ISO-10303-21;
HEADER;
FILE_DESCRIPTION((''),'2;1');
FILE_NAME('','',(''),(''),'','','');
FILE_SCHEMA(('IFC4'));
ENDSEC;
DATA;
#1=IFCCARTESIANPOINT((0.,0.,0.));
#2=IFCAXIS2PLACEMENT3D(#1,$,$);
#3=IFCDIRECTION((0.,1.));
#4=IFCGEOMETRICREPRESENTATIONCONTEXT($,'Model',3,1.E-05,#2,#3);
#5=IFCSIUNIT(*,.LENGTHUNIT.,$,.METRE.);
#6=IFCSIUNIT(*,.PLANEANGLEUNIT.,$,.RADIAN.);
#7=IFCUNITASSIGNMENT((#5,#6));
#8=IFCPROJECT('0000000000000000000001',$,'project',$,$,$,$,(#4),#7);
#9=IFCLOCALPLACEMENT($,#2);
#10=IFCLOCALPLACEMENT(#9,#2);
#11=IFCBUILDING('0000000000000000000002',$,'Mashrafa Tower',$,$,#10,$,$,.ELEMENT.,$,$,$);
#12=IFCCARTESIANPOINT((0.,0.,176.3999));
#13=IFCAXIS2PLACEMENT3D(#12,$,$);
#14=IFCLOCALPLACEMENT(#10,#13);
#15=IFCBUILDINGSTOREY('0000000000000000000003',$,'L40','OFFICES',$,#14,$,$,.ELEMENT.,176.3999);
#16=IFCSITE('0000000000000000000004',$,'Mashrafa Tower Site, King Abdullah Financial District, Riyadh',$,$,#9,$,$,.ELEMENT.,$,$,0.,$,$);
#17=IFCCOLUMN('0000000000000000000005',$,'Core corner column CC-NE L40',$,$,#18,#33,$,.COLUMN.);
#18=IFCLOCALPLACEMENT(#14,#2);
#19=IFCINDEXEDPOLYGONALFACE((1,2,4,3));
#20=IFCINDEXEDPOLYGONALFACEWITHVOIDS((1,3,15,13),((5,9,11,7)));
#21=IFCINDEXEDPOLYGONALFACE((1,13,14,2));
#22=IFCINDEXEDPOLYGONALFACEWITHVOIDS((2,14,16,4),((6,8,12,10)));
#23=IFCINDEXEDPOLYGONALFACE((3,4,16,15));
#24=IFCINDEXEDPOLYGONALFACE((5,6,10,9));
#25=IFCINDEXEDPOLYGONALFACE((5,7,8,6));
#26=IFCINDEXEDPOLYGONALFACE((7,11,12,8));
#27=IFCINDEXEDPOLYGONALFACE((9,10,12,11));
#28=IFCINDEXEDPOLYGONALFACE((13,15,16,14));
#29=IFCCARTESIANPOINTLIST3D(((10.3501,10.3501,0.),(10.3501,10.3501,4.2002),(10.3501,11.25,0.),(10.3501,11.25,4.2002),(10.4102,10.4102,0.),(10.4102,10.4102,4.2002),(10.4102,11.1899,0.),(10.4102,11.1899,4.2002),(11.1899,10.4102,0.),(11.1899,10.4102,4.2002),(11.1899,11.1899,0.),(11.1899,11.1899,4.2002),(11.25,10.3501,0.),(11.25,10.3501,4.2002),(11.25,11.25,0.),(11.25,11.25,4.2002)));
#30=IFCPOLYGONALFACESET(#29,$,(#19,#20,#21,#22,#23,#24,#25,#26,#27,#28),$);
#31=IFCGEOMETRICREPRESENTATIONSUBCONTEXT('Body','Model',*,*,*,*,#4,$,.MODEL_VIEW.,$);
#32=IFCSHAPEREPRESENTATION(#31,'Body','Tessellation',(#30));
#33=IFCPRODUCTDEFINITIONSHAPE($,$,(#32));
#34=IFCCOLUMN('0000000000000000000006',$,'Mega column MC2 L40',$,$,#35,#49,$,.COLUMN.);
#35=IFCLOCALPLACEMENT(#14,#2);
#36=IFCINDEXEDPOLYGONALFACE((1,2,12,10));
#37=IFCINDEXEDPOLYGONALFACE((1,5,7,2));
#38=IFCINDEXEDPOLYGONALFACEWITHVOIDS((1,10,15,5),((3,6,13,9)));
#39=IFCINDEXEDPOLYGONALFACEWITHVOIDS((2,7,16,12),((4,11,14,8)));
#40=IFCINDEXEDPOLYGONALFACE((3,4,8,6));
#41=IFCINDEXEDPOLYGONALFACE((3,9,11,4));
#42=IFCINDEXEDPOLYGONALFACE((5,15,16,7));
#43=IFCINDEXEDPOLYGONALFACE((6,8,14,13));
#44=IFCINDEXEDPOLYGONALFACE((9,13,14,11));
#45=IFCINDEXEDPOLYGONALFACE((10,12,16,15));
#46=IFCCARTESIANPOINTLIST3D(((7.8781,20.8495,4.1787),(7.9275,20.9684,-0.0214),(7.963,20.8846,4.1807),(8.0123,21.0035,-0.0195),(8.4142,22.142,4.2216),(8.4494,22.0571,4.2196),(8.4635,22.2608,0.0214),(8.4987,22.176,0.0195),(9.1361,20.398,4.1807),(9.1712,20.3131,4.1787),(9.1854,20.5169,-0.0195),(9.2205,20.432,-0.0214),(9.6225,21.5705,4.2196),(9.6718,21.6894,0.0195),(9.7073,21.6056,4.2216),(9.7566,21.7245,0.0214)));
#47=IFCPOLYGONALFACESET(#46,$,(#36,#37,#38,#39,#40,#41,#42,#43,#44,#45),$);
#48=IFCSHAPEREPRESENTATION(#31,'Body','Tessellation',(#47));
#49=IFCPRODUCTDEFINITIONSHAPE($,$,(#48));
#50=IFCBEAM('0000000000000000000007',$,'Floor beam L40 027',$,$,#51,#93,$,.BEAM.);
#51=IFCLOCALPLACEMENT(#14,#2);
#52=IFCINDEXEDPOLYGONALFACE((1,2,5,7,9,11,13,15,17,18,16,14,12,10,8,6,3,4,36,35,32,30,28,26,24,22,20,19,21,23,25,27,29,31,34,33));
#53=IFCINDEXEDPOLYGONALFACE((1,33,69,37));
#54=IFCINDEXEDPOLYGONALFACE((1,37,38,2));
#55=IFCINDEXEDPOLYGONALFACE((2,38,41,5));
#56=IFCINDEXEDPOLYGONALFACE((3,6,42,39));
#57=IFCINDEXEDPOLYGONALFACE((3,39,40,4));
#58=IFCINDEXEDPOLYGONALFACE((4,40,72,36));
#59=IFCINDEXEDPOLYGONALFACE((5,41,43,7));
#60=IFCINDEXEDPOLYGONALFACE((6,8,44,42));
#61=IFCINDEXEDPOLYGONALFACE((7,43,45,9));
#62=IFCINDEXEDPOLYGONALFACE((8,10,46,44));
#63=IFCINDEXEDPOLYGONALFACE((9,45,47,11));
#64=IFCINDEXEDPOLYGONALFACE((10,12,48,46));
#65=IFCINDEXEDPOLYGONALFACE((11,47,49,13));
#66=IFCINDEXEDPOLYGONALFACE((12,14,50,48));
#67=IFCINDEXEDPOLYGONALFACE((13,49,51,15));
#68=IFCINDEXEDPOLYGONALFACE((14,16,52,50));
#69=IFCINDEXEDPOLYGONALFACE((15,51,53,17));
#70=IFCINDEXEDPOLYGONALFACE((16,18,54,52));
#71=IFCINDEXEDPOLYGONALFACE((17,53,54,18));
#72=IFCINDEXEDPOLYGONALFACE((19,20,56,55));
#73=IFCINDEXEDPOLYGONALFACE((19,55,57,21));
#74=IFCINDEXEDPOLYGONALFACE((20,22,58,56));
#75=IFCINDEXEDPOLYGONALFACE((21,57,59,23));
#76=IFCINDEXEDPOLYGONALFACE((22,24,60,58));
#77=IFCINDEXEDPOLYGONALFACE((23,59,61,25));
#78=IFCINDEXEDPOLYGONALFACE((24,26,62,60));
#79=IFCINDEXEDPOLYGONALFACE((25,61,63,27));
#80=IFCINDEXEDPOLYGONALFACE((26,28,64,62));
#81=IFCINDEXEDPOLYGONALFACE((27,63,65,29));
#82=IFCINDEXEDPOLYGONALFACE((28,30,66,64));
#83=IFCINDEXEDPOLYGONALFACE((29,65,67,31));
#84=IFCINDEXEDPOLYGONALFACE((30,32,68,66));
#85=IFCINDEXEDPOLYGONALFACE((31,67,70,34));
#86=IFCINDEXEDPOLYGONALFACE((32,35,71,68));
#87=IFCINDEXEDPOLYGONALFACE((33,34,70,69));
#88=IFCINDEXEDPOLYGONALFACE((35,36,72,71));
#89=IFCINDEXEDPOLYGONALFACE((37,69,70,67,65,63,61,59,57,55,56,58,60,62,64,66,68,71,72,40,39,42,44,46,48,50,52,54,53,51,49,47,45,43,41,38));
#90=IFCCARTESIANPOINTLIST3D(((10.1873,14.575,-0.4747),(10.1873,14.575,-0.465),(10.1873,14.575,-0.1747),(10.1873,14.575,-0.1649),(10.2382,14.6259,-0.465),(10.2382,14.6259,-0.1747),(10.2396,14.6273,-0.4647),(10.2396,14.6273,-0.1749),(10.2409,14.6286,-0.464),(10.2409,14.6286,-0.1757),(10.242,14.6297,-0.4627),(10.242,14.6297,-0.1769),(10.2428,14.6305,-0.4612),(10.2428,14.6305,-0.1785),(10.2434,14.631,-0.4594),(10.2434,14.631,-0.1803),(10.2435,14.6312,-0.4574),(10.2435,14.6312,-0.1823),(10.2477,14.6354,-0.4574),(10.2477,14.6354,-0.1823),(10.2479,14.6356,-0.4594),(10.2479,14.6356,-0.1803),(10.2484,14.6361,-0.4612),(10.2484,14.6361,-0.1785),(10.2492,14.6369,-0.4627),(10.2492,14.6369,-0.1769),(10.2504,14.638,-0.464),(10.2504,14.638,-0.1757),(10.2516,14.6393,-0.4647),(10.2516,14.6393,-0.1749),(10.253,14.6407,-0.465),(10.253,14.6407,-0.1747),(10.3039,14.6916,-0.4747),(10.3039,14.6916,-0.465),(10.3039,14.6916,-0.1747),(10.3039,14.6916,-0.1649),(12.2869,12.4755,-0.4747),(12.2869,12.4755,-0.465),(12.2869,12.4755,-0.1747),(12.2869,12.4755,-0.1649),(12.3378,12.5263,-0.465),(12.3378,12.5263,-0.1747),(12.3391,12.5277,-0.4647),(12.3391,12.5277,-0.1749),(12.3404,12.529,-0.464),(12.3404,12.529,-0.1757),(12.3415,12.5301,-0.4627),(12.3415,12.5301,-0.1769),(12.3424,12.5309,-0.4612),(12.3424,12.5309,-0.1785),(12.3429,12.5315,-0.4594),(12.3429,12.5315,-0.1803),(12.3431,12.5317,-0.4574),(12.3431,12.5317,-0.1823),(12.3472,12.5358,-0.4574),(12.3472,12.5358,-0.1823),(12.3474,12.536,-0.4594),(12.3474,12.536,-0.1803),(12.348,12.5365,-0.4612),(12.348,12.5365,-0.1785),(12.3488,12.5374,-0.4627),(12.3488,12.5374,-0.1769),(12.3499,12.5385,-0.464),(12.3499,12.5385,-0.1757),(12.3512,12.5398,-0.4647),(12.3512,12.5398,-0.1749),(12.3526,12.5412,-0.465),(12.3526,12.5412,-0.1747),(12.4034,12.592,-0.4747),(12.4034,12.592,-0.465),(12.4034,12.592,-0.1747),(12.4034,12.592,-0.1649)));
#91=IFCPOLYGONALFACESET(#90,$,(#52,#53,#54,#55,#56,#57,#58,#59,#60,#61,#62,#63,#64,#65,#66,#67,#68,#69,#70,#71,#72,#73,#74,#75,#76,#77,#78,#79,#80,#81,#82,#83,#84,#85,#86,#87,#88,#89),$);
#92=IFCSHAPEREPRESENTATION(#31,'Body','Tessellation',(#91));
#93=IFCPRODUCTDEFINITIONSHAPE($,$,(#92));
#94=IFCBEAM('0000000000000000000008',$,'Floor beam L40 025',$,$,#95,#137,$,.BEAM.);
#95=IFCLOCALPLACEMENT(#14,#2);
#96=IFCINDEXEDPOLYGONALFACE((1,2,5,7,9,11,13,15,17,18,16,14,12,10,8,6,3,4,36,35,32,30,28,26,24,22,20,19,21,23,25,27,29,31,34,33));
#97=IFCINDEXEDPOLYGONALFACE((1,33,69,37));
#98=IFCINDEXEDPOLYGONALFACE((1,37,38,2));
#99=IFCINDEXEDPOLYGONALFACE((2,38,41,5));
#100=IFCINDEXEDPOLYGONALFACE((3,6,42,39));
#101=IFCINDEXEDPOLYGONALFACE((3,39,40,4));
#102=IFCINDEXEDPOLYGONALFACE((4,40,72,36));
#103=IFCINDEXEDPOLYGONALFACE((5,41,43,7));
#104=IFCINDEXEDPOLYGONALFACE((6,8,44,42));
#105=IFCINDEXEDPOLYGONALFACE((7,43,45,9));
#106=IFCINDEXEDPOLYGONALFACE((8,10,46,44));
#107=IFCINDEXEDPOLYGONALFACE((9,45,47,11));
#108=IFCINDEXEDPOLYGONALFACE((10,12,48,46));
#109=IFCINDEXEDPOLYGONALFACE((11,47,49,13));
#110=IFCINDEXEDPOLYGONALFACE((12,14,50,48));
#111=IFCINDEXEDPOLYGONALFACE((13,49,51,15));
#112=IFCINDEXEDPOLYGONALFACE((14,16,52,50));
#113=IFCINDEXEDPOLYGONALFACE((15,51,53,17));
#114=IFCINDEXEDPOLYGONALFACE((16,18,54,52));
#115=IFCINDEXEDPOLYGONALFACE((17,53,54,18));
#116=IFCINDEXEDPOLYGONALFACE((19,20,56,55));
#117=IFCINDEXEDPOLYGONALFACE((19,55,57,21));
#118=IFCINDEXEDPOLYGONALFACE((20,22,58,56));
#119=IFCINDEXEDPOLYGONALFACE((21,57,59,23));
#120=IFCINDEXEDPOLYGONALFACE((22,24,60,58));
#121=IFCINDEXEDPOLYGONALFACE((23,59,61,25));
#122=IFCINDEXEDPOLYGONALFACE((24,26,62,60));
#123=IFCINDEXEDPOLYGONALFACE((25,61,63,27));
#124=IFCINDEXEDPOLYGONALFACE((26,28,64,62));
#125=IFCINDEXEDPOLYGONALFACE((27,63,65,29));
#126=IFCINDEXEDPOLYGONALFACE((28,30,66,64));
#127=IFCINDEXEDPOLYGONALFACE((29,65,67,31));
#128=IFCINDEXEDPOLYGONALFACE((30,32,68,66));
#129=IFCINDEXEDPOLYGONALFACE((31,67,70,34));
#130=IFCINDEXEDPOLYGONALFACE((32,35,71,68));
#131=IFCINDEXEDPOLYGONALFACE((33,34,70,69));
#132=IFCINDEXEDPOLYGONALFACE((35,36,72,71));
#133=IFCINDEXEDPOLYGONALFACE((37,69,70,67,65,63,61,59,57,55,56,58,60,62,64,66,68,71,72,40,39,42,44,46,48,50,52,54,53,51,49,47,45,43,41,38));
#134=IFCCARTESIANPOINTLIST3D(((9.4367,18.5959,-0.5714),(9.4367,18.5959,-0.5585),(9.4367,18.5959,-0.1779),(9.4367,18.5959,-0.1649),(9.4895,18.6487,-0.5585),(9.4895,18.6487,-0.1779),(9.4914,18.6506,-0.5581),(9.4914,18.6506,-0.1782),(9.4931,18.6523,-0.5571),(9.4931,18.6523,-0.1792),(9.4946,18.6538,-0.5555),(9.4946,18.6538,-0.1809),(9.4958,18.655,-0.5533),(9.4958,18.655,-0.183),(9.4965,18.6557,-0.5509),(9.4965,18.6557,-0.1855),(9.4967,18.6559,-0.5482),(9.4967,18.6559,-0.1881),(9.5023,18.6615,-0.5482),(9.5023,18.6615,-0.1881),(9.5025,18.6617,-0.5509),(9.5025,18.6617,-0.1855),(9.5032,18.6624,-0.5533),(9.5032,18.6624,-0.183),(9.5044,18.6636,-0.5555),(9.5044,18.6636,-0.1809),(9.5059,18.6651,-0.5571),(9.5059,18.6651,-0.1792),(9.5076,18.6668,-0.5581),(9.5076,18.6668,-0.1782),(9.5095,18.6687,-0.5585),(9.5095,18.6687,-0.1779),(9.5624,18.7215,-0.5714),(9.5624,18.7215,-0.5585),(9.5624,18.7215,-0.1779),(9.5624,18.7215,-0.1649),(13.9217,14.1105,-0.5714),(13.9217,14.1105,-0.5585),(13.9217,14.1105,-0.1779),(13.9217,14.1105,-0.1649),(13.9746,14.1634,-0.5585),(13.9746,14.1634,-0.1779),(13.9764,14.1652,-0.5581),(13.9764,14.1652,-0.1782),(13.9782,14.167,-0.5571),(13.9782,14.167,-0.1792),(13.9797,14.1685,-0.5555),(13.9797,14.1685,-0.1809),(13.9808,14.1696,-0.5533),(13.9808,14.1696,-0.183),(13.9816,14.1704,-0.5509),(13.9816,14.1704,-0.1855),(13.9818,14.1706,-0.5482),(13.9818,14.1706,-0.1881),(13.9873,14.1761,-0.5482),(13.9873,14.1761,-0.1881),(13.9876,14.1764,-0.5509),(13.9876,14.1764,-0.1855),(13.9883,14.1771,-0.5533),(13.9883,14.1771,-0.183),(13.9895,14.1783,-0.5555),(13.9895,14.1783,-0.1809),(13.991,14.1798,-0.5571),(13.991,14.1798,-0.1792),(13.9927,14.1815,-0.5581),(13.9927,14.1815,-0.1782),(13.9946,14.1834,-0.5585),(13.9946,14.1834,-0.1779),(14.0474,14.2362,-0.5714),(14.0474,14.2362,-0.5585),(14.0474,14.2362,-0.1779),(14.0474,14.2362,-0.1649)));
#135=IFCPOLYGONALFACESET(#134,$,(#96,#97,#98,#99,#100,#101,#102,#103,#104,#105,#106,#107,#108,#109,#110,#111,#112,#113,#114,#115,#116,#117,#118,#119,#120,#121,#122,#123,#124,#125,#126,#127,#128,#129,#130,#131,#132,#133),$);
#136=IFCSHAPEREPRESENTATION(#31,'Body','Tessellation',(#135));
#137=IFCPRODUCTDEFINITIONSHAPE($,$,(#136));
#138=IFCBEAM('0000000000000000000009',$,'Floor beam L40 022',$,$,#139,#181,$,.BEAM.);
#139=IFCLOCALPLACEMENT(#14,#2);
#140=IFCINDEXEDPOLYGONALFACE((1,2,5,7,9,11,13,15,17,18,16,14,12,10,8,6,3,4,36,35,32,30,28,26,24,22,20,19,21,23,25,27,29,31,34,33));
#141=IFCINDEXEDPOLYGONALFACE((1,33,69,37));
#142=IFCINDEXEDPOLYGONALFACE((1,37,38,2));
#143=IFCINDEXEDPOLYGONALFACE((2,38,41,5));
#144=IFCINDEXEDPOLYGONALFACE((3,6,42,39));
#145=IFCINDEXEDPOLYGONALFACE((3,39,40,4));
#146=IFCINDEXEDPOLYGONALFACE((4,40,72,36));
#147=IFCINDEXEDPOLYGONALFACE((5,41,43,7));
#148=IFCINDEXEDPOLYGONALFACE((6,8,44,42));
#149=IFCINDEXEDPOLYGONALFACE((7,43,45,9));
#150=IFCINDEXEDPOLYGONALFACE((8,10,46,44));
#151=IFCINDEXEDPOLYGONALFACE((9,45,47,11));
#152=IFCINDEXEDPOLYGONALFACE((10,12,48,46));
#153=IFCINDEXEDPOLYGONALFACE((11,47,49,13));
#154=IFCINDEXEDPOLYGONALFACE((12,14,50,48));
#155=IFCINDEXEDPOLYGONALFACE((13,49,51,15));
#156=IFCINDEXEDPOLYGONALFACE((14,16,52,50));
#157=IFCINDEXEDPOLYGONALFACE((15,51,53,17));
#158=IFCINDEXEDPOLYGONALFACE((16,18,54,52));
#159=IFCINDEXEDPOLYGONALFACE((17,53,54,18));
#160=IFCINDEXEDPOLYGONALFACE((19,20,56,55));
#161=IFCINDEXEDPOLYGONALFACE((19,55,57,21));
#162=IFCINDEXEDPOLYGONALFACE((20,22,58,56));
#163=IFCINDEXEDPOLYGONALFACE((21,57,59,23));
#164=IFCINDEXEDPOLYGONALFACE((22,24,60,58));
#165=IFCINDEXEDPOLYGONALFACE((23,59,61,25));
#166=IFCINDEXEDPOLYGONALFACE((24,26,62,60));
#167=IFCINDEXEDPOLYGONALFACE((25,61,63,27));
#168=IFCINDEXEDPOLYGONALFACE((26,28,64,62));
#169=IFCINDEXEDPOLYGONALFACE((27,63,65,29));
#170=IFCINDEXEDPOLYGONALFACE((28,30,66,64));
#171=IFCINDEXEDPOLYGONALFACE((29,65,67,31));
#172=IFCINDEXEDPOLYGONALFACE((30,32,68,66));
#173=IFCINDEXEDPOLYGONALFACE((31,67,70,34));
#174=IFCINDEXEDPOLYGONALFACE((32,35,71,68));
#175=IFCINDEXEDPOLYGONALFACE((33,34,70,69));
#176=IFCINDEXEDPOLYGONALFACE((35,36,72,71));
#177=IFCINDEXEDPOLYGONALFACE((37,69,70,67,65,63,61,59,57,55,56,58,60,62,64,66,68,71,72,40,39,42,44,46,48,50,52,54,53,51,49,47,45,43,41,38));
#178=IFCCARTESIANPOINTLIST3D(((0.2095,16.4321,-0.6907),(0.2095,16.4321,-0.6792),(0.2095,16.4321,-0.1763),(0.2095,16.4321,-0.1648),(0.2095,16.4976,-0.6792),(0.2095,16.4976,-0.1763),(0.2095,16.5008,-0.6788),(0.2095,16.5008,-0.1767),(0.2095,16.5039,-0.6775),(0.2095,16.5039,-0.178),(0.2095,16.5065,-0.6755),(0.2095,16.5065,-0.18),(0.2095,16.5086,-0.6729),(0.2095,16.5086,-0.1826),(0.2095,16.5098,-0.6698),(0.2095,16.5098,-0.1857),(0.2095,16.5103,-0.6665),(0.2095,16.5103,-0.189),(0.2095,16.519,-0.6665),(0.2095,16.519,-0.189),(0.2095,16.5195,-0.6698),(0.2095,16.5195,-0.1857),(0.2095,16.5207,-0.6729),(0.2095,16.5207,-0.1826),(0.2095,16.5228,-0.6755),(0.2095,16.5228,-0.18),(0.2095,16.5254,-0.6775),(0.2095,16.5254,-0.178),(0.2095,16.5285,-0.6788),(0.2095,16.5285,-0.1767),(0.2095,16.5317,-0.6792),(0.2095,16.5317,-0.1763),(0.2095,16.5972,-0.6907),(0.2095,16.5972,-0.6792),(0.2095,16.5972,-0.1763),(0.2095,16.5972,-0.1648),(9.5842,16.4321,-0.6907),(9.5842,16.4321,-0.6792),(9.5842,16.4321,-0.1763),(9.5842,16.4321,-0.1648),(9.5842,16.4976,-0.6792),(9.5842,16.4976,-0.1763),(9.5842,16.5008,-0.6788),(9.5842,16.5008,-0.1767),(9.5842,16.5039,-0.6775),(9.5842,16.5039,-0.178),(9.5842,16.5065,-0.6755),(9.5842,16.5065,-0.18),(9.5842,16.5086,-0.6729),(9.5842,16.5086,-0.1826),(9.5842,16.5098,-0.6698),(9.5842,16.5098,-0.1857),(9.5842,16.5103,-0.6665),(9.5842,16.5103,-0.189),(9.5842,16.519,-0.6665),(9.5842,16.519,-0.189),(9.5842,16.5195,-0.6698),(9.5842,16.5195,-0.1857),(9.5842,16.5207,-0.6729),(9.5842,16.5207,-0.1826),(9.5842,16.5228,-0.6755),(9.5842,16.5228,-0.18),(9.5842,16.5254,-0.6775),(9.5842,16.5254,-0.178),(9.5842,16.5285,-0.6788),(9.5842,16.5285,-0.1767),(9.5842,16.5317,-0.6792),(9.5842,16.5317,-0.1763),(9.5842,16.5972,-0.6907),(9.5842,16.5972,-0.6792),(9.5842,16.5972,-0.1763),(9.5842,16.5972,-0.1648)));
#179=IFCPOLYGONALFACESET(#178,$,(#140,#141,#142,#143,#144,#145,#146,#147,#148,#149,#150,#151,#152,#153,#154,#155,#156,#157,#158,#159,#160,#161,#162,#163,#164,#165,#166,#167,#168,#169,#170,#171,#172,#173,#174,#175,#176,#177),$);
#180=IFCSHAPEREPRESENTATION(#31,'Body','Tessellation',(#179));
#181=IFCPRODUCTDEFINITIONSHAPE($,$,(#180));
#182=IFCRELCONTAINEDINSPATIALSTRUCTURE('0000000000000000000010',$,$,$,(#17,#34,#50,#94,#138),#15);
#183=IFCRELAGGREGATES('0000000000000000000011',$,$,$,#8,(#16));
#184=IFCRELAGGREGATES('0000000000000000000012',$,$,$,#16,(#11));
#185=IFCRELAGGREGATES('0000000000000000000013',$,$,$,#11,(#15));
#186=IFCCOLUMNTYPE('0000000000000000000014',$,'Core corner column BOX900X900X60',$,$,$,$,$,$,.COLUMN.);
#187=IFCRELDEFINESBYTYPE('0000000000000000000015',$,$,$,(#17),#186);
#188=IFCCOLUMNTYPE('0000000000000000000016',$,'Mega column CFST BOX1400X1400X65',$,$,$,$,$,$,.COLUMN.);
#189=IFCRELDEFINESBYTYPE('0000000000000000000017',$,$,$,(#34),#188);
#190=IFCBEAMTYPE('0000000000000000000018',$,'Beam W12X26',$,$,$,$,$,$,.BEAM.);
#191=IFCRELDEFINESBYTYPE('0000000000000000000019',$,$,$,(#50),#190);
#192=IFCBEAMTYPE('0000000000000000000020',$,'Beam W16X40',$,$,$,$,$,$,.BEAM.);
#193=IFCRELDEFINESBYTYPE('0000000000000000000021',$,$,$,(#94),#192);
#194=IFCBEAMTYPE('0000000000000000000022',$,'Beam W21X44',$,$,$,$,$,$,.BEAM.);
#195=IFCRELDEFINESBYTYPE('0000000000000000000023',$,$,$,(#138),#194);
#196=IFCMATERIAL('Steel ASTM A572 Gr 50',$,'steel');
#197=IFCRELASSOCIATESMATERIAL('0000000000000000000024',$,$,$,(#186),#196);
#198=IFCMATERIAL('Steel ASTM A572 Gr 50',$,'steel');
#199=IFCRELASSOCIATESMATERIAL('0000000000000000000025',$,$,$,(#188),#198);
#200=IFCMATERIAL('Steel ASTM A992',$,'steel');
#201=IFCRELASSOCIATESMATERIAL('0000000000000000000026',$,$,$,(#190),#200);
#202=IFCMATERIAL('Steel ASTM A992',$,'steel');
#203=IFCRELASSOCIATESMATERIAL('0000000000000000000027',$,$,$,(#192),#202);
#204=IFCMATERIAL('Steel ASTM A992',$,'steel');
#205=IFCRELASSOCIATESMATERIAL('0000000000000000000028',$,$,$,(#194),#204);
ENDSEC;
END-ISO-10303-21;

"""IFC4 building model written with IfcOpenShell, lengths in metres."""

from ifc_helpers import new_model, si_unit, direction, frame, origin, origin_2d, place, context, subcontext, project, spatial, hollow_rectangle, i_section, extrude, material, material_profile, profile_set, type_object, element, save


model = new_model("IFC4")

# Units and contexts
model_context = context("Model", 3, precision=1e-05, world=origin(), true_north=direction((0.0, 1.0)))
body_context = subcontext(model_context, "Body", "Model", "MODEL_VIEW")
ifc_project = project(units=[si_unit("LENGTHUNIT", "METRE"), si_unit("PLANEANGLEUNIT", "RADIAN")], contexts=[model_context])

# Site, building, storey
site_placement = place(None, origin())
site = spatial("IfcSite", under=ifc_project, at=site_placement, Name="Mashrafa Tower Site, King Abdullah Financial District, Riyadh", CompositionType="ELEMENT", RefElevation=0.0)
building_placement = place(site_placement, origin())
building = spatial("IfcBuilding", under=site, at=building_placement, Name="Mashrafa Tower", CompositionType="ELEMENT")
storey_placement = place(building_placement, frame((0.0, 0.0, 176.3999)))
storey = spatial("IfcBuildingStorey", under=building, at=storey_placement, Name="L40", Description="OFFICES", CompositionType="ELEMENT", Elevation=176.3999)

# Columns
ifc_material_1 = material(Name="Steel ASTM A572 Gr 50", Category="steel")
ifc_material_profile_1 = material_profile(ifc_material_1, hollow_rectangle(XDim=0.8999, YDim=0.8999, WallThickness=0.0601, at=origin_2d()), Name="BOX900X900X60")
ifc_profile_set_1 = profile_set([ifc_material_profile_1], Name="Steel ASTM A572 Gr 50")
column_type_1 = type_object("IfcColumnType", Name="Core corner column BOX900X900X60", PredefinedType="COLUMN", material=ifc_profile_set_1)
column_1_placement = place(storey_placement, frame((10.8, 10.8, 0.0), z_axis=(0.0, 0.0, 1.0), x_axis=(1.0, 0.0, 0.0)))
element("IfcColumn", 1, at=column_1_placement, inside=storey, type_object=column_type_1, Name="Core corner column CC-NE L40", PredefinedType="COLUMN", context=body_context, shape_type="SweptSolid", body=[
    extrude(hollow_rectangle(XDim=0.8999, YDim=0.8999, WallThickness=0.0601, at=origin_2d()), origin(), (0.0, 0.0, 1.0), 4.2002),
])
ifc_material_2 = material(Name="Steel ASTM A572 Gr 50", Category="steel")
ifc_material_profile_2 = material_profile(ifc_material_2, hollow_rectangle(XDim=1.3999, YDim=1.3999, WallThickness=0.0649, at=origin_2d()), Name="BOX1400X1400X65")
ifc_profile_set_2 = profile_set([ifc_material_profile_2], Name="Steel ASTM A572 Gr 50")
column_type_2 = type_object("IfcColumnType", Name="Mega column CFST BOX1400X1400X65", PredefinedType="COLUMN", material=ifc_profile_set_2)
column_2_placement = place(storey_placement, frame((8.842, 21.3464, 0.0), z_axis=(-0.011736, -0.028294, 0.999531), x_axis=(0.923693, -0.383133, 0.0)))
element("IfcColumn", 2, at=column_2_placement, inside=storey, type_object=column_type_2, Name="Mega column MC2 L40", PredefinedType="COLUMN", context=body_context, shape_type="SweptSolid", body=[
    extrude(hollow_rectangle(XDim=1.3999, YDim=1.3999, WallThickness=0.0649, at=origin_2d()), origin(), (0.0, 0.0, 1.0), 4.2021),
])

# Beams
ifc_material_3 = material(Name="Steel ASTM A992", Category="steel")
ifc_material_profile_3 = material_profile(ifc_material_3, i_section(OverallWidth=0.1648, OverallDepth=0.3098, WebThickness=0.0059, FlangeThickness=0.0098, FilletRadius=0.0076, at=origin_2d()), Name="W12X26")
ifc_profile_set_3 = profile_set([ifc_material_profile_3], Name="Steel ASTM A992")
beam_type_1 = type_object("IfcBeamType", Name="Beam W12X26", PredefinedType="BEAM", material=ifc_profile_set_3)
beam_1_placement = place(storey_placement, frame((10.2456, 14.6333, -0.3198), z_axis=(0.707107, -0.707107, 0.0), x_axis=(0.707107, 0.707107, 0.0)))
element("IfcBeam", 3, at=beam_1_placement, inside=storey, type_object=beam_type_1, Name="Floor beam L40 027", PredefinedType="BEAM", context=body_context, shape_type="SweptSolid", body=[
    extrude(i_section(OverallWidth=0.1648, OverallDepth=0.3098, WebThickness=0.0059, FlangeThickness=0.0098, FilletRadius=0.0076, at=origin_2d()), origin(), (0.0, 0.0, 1.0), 2.9692),
])
ifc_material_4 = material(Name="Steel ASTM A992", Category="steel")
ifc_material_profile_4 = material_profile(ifc_material_4, i_section(OverallWidth=0.1777, OverallDepth=0.4065, WebThickness=0.0078, FlangeThickness=0.0129, FilletRadius=0.0103, at=origin_2d()), Name="W16X40")
ifc_profile_set_4 = profile_set([ifc_material_profile_4], Name="Steel ASTM A992")
beam_type_2 = type_object("IfcBeamType", Name="Beam W16X40", PredefinedType="BEAM", material=ifc_profile_set_4)
beam_2_placement = place(storey_placement, frame((9.4995, 18.6587, -0.3682), z_axis=(0.707088, -0.707126, 0.0), x_axis=(0.707126, 0.707088, 0.0)))
element("IfcBeam", 4, at=beam_2_placement, inside=storey, type_object=beam_type_2, Name="Floor beam L40 025", PredefinedType="BEAM", context=body_context, shape_type="SweptSolid", body=[
    extrude(i_section(OverallWidth=0.1777, OverallDepth=0.4065, WebThickness=0.0078, FlangeThickness=0.0129, FilletRadius=0.0103, at=origin_2d()), origin(), (0.0, 0.0, 1.0), 6.343),
])
ifc_material_5 = material(Name="Steel ASTM A992", Category="steel")
ifc_material_profile_5 = material_profile(ifc_material_5, i_section(OverallWidth=0.165, OverallDepth=0.5259, WebThickness=0.0088, FlangeThickness=0.0115, FilletRadius=0.0127, at=origin_2d()), Name="W21X44")
ifc_profile_set_5 = profile_set([ifc_material_profile_5], Name="Steel ASTM A992")
beam_type_3 = type_object("IfcBeamType", Name="Beam W21X44", PredefinedType="BEAM", material=ifc_profile_set_5)
beam_3_placement = place(storey_placement, frame((0.2095, 16.5146, -0.4277), z_axis=(1.0, 0.0, 0.0), x_axis=(0.0, 1.0, 0.0)))
element("IfcBeam", 5, at=beam_3_placement, inside=storey, type_object=beam_type_3, Name="Floor beam L40 022", PredefinedType="BEAM", context=body_context, shape_type="SweptSolid", body=[
    extrude(i_section(OverallWidth=0.165, OverallDepth=0.5259, WebThickness=0.0088, FlangeThickness=0.0115, FilletRadius=0.0127, at=origin_2d()), origin(), (0.0, 0.0, 1.0), 9.3748),
])

save(model, "model.ifc")
